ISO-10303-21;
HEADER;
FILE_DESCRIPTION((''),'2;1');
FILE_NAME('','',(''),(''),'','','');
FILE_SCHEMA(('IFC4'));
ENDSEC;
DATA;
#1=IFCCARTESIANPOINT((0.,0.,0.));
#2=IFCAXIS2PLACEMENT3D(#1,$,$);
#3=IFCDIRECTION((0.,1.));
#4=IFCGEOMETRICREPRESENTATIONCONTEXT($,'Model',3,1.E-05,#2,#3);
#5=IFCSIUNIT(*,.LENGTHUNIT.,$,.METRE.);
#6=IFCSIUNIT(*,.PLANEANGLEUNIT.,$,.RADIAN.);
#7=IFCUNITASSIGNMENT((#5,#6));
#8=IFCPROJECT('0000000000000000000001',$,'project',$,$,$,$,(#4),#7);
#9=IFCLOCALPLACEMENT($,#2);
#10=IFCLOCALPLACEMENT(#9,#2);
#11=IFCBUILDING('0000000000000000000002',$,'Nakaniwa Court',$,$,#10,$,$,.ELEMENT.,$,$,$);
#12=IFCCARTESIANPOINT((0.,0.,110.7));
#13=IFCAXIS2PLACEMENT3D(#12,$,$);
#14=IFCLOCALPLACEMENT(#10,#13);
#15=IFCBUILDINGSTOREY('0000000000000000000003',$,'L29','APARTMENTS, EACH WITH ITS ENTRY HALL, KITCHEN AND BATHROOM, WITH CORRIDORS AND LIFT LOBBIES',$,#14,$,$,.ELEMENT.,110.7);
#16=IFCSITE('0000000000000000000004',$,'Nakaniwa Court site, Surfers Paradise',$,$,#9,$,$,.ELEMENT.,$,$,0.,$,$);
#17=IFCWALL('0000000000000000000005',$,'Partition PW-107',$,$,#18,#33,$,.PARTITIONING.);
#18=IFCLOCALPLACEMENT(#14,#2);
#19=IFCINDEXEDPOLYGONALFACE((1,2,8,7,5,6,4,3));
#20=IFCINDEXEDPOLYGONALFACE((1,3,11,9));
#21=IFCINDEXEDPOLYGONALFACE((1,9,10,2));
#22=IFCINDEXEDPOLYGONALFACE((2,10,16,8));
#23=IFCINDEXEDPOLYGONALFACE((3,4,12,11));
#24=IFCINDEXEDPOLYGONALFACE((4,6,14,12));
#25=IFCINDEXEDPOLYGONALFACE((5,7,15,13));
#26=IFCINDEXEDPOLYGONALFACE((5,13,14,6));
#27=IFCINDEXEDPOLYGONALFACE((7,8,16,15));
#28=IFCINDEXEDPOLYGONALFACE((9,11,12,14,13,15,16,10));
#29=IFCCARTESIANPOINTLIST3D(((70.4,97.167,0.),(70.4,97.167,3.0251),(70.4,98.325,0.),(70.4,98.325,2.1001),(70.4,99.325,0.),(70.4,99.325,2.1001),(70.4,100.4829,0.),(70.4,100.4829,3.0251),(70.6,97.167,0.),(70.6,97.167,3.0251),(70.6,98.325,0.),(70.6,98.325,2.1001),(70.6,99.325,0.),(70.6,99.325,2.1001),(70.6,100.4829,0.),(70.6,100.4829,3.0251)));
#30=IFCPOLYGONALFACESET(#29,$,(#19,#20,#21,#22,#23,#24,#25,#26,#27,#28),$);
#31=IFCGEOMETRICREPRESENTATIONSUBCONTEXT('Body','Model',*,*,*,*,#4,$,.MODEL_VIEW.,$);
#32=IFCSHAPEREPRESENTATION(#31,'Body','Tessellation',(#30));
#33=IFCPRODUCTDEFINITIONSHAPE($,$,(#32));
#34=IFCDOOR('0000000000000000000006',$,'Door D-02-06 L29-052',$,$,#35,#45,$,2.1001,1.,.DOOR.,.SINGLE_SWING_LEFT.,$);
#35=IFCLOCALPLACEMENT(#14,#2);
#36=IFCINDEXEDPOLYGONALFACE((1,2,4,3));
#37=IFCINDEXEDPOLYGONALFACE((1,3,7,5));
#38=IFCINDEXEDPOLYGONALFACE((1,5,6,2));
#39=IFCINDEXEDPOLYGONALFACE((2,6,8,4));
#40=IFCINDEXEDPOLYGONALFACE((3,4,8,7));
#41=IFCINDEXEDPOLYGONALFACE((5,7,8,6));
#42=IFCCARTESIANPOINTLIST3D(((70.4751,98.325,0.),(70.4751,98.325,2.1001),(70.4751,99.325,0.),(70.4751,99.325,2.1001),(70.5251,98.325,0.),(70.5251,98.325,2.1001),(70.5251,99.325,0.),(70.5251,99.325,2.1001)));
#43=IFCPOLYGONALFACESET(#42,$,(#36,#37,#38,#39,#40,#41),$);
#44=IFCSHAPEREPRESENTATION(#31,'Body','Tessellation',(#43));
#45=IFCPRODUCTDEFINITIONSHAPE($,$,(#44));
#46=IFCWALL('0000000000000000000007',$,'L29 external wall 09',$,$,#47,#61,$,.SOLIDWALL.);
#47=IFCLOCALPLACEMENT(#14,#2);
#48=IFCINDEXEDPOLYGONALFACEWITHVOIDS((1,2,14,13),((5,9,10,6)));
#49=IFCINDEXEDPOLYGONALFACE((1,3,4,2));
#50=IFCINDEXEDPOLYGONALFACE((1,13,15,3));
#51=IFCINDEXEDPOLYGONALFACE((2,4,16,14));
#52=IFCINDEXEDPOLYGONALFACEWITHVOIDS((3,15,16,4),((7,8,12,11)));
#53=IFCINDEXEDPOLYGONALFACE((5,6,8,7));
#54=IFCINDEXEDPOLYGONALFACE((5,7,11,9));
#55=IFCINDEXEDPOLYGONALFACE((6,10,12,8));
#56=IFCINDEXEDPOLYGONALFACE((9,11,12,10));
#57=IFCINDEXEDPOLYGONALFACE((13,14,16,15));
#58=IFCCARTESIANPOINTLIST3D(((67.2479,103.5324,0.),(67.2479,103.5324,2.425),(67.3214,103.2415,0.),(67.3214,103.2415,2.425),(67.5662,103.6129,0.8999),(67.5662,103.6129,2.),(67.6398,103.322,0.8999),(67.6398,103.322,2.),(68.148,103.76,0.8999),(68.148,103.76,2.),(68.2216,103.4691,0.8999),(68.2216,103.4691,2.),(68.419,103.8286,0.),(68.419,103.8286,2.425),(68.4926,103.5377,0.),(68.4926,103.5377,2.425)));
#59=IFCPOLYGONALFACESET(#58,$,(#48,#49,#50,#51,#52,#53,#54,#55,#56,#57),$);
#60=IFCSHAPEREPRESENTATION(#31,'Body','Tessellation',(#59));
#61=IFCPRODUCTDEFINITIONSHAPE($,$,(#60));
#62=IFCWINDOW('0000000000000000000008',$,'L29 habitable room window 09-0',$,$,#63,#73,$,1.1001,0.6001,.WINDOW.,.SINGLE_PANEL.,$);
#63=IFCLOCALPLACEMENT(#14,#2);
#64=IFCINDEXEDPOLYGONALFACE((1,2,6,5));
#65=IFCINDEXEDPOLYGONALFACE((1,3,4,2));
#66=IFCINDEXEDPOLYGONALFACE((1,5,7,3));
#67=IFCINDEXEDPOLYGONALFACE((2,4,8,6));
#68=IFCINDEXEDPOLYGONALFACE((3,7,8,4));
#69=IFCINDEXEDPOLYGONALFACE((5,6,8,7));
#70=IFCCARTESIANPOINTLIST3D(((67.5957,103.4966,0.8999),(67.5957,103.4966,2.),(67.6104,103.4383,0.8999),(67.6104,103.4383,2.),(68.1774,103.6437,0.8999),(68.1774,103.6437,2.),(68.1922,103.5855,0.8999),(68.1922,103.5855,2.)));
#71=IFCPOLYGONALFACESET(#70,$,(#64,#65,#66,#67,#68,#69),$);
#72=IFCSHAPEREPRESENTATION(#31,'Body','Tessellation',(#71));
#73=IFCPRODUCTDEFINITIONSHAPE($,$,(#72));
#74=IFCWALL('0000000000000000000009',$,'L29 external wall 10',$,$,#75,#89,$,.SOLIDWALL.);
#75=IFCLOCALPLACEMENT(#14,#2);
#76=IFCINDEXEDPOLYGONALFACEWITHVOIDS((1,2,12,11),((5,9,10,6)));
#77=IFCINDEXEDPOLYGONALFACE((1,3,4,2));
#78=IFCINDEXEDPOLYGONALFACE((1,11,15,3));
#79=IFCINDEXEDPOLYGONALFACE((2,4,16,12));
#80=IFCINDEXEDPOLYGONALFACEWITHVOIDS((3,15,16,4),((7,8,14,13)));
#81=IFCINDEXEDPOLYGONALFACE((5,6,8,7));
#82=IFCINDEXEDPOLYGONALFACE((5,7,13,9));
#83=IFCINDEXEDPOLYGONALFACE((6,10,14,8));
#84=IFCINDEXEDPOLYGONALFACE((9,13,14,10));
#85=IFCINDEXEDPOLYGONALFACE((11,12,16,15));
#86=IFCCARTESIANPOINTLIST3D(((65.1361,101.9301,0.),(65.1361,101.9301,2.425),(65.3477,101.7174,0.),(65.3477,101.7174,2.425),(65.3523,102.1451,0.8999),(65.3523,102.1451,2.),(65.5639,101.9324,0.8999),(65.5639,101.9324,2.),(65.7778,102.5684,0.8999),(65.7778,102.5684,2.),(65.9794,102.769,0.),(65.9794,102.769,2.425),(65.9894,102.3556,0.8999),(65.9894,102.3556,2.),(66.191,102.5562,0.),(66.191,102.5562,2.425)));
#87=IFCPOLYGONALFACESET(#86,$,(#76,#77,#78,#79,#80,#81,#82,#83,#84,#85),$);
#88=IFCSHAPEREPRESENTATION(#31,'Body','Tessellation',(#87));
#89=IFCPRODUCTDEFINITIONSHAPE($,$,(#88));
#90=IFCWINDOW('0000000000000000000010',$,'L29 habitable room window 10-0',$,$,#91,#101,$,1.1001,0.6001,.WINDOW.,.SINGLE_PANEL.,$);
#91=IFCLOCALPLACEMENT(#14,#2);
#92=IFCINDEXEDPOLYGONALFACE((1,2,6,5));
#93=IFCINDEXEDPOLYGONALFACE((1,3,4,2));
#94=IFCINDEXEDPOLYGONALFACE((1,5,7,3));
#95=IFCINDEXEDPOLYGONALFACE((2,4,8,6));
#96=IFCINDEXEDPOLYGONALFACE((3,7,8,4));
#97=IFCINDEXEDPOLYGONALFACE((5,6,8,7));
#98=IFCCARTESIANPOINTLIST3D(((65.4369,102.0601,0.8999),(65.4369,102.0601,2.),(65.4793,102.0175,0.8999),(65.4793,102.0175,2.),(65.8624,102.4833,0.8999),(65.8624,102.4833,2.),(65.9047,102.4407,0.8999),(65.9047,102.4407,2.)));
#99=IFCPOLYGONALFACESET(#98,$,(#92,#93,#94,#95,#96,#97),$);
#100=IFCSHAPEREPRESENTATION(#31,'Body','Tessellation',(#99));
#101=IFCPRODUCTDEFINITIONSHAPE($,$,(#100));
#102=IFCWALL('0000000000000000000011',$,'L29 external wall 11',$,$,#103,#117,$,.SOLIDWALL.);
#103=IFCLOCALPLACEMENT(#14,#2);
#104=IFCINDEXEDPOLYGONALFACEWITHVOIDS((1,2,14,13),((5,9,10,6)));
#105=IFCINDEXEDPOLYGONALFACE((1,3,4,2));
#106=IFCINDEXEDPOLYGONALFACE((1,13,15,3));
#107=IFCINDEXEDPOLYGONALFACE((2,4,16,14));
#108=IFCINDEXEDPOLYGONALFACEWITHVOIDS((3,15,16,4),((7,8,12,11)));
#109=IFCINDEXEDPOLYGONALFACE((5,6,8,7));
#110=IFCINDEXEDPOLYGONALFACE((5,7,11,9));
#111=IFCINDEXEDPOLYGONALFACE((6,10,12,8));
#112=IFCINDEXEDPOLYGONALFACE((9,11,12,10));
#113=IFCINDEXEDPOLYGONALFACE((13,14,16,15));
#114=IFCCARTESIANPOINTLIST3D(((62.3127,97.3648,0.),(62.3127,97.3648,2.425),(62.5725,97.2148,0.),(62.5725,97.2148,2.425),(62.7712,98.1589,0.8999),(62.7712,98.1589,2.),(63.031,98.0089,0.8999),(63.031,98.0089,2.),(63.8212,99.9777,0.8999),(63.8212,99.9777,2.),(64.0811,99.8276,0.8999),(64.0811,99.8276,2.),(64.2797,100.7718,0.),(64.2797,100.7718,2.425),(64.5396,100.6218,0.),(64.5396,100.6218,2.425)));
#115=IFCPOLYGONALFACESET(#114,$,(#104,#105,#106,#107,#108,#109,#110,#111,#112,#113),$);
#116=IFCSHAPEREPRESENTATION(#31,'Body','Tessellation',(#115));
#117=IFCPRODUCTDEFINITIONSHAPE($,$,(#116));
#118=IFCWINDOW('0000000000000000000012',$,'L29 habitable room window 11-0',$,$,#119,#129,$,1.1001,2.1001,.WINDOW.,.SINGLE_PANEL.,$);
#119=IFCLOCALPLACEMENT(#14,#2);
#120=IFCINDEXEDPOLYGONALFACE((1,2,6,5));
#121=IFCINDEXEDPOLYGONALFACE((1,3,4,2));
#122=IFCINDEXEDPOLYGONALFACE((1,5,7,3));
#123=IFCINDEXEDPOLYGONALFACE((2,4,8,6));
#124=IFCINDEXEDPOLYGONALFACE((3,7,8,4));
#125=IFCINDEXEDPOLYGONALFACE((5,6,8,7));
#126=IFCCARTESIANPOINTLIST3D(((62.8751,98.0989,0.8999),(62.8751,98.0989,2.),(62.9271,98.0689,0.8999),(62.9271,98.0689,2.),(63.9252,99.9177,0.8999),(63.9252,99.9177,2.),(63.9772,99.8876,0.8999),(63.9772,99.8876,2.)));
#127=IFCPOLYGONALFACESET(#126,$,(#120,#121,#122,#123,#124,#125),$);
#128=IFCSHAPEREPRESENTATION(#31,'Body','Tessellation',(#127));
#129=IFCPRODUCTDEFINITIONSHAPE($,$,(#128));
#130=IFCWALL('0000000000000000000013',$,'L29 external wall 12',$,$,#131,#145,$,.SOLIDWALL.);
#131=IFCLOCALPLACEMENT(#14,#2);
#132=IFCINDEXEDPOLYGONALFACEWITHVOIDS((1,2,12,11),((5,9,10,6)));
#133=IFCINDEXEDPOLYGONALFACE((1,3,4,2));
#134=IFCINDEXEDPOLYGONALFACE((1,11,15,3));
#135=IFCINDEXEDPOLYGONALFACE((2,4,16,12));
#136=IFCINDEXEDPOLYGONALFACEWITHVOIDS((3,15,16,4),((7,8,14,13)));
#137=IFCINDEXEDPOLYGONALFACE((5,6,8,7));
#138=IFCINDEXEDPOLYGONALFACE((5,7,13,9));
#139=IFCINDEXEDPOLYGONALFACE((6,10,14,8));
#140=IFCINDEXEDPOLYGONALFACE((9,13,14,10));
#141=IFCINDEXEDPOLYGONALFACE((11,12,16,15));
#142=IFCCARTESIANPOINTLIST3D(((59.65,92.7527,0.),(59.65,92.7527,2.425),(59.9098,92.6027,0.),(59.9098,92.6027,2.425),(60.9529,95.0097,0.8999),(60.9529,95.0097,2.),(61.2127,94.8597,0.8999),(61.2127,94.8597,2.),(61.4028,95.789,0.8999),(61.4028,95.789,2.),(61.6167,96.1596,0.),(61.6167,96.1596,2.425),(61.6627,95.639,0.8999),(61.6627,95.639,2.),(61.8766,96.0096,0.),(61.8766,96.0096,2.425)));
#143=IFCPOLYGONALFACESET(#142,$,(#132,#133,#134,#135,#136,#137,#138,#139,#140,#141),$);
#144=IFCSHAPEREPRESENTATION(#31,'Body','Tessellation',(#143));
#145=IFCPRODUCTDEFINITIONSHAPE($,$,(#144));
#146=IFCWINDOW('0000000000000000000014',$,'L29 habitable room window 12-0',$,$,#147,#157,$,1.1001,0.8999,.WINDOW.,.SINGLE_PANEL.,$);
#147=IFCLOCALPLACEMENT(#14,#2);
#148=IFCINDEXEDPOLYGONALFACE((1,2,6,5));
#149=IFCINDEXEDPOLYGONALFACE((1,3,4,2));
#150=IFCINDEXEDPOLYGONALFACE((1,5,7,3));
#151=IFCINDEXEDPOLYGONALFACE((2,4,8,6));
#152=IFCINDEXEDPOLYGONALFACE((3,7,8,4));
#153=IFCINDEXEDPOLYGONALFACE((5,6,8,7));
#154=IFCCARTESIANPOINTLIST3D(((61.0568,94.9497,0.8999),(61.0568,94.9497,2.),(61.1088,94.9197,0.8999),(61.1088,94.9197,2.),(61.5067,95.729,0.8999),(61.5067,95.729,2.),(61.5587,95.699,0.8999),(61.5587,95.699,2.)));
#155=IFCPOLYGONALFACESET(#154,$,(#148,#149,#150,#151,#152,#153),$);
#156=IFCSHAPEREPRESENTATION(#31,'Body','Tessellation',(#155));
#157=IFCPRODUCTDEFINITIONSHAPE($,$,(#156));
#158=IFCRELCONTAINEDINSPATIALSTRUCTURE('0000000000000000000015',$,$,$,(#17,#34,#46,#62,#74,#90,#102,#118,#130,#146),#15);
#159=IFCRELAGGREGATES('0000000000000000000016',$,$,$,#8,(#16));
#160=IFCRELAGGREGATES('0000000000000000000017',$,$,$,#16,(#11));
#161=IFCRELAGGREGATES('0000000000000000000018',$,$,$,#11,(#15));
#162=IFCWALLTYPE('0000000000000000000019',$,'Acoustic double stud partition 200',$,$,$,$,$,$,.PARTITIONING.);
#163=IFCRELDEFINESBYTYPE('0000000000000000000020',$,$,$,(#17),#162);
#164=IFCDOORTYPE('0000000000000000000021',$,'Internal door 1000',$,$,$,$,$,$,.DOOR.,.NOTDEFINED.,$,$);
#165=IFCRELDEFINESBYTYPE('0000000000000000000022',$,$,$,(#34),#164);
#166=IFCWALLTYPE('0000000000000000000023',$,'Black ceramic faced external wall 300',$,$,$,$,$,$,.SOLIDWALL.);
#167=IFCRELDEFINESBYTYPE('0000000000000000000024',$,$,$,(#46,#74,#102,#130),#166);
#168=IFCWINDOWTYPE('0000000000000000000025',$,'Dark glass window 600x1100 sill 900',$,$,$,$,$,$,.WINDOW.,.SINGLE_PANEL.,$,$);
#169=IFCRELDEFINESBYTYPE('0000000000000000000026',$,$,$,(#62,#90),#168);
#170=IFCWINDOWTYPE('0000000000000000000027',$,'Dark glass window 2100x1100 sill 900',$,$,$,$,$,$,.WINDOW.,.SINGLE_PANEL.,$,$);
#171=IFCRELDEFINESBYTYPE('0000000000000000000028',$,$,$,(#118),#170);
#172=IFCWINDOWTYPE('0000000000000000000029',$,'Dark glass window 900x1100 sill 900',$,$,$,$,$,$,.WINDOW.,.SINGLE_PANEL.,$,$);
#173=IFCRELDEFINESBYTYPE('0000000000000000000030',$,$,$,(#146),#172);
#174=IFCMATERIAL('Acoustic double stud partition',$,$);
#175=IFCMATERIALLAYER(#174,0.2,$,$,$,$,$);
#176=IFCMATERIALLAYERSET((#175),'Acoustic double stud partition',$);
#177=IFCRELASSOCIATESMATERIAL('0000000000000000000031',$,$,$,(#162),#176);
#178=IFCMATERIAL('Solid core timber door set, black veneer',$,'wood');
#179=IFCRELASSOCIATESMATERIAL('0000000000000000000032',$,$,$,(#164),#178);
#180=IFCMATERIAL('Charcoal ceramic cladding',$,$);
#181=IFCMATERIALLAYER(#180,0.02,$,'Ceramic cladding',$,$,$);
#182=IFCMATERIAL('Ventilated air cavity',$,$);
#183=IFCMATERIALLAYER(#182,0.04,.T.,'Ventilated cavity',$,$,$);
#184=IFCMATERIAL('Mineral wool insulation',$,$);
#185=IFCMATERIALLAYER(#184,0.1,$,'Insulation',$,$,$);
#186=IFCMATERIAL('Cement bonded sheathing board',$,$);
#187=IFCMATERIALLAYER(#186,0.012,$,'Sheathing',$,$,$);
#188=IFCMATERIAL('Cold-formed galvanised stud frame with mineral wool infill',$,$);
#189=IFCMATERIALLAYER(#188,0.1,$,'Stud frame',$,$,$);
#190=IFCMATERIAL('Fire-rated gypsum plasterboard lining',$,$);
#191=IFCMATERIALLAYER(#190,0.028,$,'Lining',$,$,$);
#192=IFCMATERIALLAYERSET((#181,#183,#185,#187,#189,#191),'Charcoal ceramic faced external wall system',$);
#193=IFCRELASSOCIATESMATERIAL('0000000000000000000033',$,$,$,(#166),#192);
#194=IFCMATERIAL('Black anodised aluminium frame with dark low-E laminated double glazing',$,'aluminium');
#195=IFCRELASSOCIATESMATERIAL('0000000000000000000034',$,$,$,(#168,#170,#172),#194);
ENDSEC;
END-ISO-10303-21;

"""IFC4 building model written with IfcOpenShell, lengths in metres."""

from ifc_helpers import new_model, si_unit, direction, frame, frame_2d, origin, place, context, subcontext, project, spatial, rectangle, extrude, material, layer, layer_set, type_object, element, fill, save


model = new_model("IFC4")

# Units and contexts
model_context = context("Model", 3, precision=1e-05, world=origin(), true_north=direction((0.0, 1.0)))
body_context = subcontext(model_context, "Body", "Model", "MODEL_VIEW")
ifc_project = project(units=[si_unit("LENGTHUNIT", "METRE"), si_unit("PLANEANGLEUNIT", "RADIAN")], contexts=[model_context])

# Site, building, storey
site_placement = place(None, origin())
site = spatial("IfcSite", under=ifc_project, at=site_placement, Name="Nakaniwa Court site, Surfers Paradise", CompositionType="ELEMENT", RefElevation=0.0)
building_placement = place(site_placement, origin())
building = spatial("IfcBuilding", under=site, at=building_placement, Name="Nakaniwa Court", CompositionType="ELEMENT")
storey_placement = place(building_placement, frame((0.0, 0.0, 110.7)))
storey = spatial("IfcBuildingStorey", under=building, at=storey_placement, Name="L29", Description="APARTMENTS, EACH WITH ITS ENTRY HALL, KITCHEN AND BATHROOM, WITH CORRIDORS AND LIFT LOBBIES", CompositionType="ELEMENT", Elevation=110.7)

# Shared definitions
ifc_material_1 = material(Name="Acoustic double stud partition")
ifc_layer_1 = layer(ifc_material_1, 0.2)
ifc_layer_set_1 = layer_set([ifc_layer_1], Name="Acoustic double stud partition")
wall_type_1 = type_object("IfcWallType", Name="Acoustic double stud partition 200", PredefinedType="PARTITIONING", material=ifc_layer_set_1)

# Wall, opening, door
wall_1_placement = place(storey_placement, frame((70.5, 97.167, 0.0), z_axis=(0.0, 0.0, 1.0), x_axis=(0.0, 1.0, 0.0)))
wall_1 = element("IfcWall", 1, at=wall_1_placement, inside=storey, type_object=wall_type_1, Name="Partition PW-107", PredefinedType="PARTITIONING", context=body_context, shape_type="SweptSolid", body=[
    extrude(rectangle(XDim=3.3159, YDim=0.2, at=frame_2d((1.658, 0.0))), origin(), (0.0, 0.0, 1.0), 3.0251),
])
opening_1_placement = place(wall_1_placement, frame((1.158, 0.0, 0.0)))
opening_1 = element("IfcOpeningElement", 2, at=opening_1_placement, cuts=wall_1, PredefinedType="OPENING", context=body_context, shape_type="SweptSolid", body=[
    extrude(rectangle(XDim=1.0, YDim=2.1001, at=frame_2d((0.5, 1.05))), frame((0.0, 0.1099, 0.0), z_axis=(0.0, -1.0, 0.0), x_axis=(1.0, 0.0, 0.0)), (0.0, 0.0, 1.0), 0.22),
])
ifc_material_2 = material(Name="Solid core timber door set, black veneer", Category="wood")
door_type = type_object("IfcDoorType", Name="Internal door 1000", OperationType="NOTDEFINED", PredefinedType="DOOR", material=ifc_material_2)
door_placement = place(opening_1_placement, origin())
door = element("IfcDoor", 3, at=door_placement, inside=storey, type_object=door_type, Name="Door D-02-06 L29-052", OperationType="SINGLE_SWING_LEFT", OverallHeight=2.1001, OverallWidth=1.0, PredefinedType="DOOR", context=body_context, shape_type="SweptSolid", body=[
    extrude(rectangle(XDim=1.0, YDim=2.1001, at=frame_2d((0.5, 1.05))), frame((0.0, 0.0249, 0.0), z_axis=(0.0, -1.0, 0.0), x_axis=(1.0, 0.0, 0.0)), (0.0, 0.0, 1.0), 0.05),
])
fill(opening_1, door)

# Walls, openings, windows
ifc_material_3 = material(Name="Charcoal ceramic cladding")
ifc_layer_2 = layer(ifc_material_3, 0.02, Name="Ceramic cladding")
ifc_material_4 = material(Name="Ventilated air cavity")
ifc_layer_3 = layer(ifc_material_4, 0.04, ventilated=True, Name="Ventilated cavity")
ifc_material_5 = material(Name="Mineral wool insulation")
ifc_layer_4 = layer(ifc_material_5, 0.1, Name="Insulation")
ifc_material_6 = material(Name="Cement bonded sheathing board")
ifc_layer_5 = layer(ifc_material_6, 0.012, Name="Sheathing")
ifc_material_7 = material(Name="Cold-formed galvanised stud frame with mineral wool infill")
ifc_layer_6 = layer(ifc_material_7, 0.1, Name="Stud frame")
ifc_material_8 = material(Name="Fire-rated gypsum plasterboard lining")
ifc_layer_7 = layer(ifc_material_8, 0.028, Name="Lining")
ifc_layer_set_2 = layer_set([ifc_layer_2, ifc_layer_3, ifc_layer_4, ifc_layer_5, ifc_layer_6, ifc_layer_7], Name="Charcoal ceramic faced external wall system")
wall_type_2 = type_object("IfcWallType", Name="Black ceramic faced external wall 300", PredefinedType="SOLIDWALL", material=ifc_layer_set_2)
wall_2_placement = place(storey_placement, frame((68.4558, 103.6831, 0.0), z_axis=(0.0, 0.0, 1.0), x_axis=(-0.969485, -0.24515, 0.0)))
wall_2 = element("IfcWall", 4, at=wall_2_placement, inside=storey, type_object=wall_type_2, Name="L29 external wall 09", PredefinedType="SOLIDWALL", context=body_context, shape_type="SweptSolid", body=[
    extrude(rectangle(XDim=1.208, YDim=0.3, at=frame_2d((0.604, 0.0))), origin(), (0.0, 0.0, 1.0), 2.425),
])
opening_2_placement = place(wall_2_placement, frame((0.2795, 0.0, 0.8999)))
opening_2 = element("IfcOpeningElement", 5, at=opening_2_placement, cuts=wall_2, PredefinedType="OPENING", context=body_context, shape_type="SweptSolid", body=[
    extrude(rectangle(XDim=0.6001, YDim=1.1001, at=frame_2d((0.3, 0.55))), frame((0.0, 0.1599, 0.0), z_axis=(0.0, -1.0, 0.0), x_axis=(1.0, 0.0, 0.0)), (0.0, 0.0, 1.0), 0.3201),
])
ifc_material_9 = material(Name="Black anodised aluminium frame with dark low-E laminated double glazing", Category="aluminium")
window_type_1 = type_object("IfcWindowType", Name="Dark glass window 600x1100 sill 900", PartitioningType="SINGLE_PANEL", PredefinedType="WINDOW", material=ifc_material_9)
window_1_placement = place(opening_2_placement, origin())
window_1 = element("IfcWindow", 6, at=window_1_placement, inside=storey, type_object=window_type_1, Name="L29 habitable room window 09-0", OverallHeight=1.1001, OverallWidth=0.6001, PartitioningType="SINGLE_PANEL", PredefinedType="WINDOW", context=body_context, shape_type="SweptSolid", body=[
    extrude(rectangle(XDim=0.6001, YDim=1.1001, at=frame_2d((0.3, 0.55))), frame((0.0, 0.03, 0.0), z_axis=(0.0, -1.0, 0.0), x_axis=(1.0, 0.0, 0.0)), (0.0, 0.0, 1.0), 0.0601),
])
fill(opening_2, window_1)
wall_3_placement = place(storey_placement, frame((66.0852, 102.6626, 0.0), z_axis=(0.0, 0.0, 1.0), x_axis=(-0.708952, -0.705257, 0.0)))
wall_3 = element("IfcWall", 7, at=wall_3_placement, inside=storey, type_object=wall_type_2, Name="L29 external wall 10", PredefinedType="SOLIDWALL", context=body_context, shape_type="SweptSolid", body=[
    extrude(rectangle(XDim=1.1895, YDim=0.3, at=frame_2d((0.5947, 0.0))), origin(), (0.0, 0.0, 1.0), 2.425),
])
opening_3_placement = place(wall_3_placement, frame((0.2844, 0.0, 0.8999)))
opening_3 = element("IfcOpeningElement", 8, at=opening_3_placement, cuts=wall_3, PredefinedType="OPENING", context=body_context, shape_type="SweptSolid", body=[
    extrude(rectangle(XDim=0.6001, YDim=1.1001, at=frame_2d((0.3, 0.55))), frame((0.0, 0.1599, 0.0), z_axis=(0.0, -1.0, 0.0), x_axis=(1.0, 0.0, 0.0)), (0.0, 0.0, 1.0), 0.3201),
])
window_2_placement = place(opening_3_placement, origin())
window_2 = element("IfcWindow", 9, at=window_2_placement, inside=storey, type_object=window_type_1, Name="L29 habitable room window 10-0", OverallHeight=1.1001, OverallWidth=0.6001, PartitioningType="SINGLE_PANEL", PredefinedType="WINDOW", context=body_context, shape_type="SweptSolid", body=[
    extrude(rectangle(XDim=0.6001, YDim=1.1001, at=frame_2d((0.3, 0.55))), frame((0.0, 0.03, 0.0), z_axis=(0.0, -1.0, 0.0), x_axis=(1.0, 0.0, 0.0)), (0.0, 0.0, 1.0), 0.0601),
])
fill(opening_3, window_2)
wall_4_placement = place(storey_placement, frame((64.4097, 100.6968, 0.0), z_axis=(0.0, 0.0, 1.0), x_axis=(-0.500004, -0.866023, 0.0)))
wall_4 = element("IfcWall", 10, at=wall_4_placement, inside=storey, type_object=wall_type_2, Name="L29 external wall 11", PredefinedType="SOLIDWALL", context=body_context, shape_type="SweptSolid", body=[
    extrude(rectangle(XDim=3.9341, YDim=0.3, at=frame_2d((1.967, 0.0))), origin(), (0.0, 0.0, 1.0), 2.425),
])
opening_4_placement = place(wall_4_placement, frame((0.917, 0.0, 0.8999)))
opening_4 = element("IfcOpeningElement", 11, at=opening_4_placement, cuts=wall_4, PredefinedType="OPENING", context=body_context, shape_type="SweptSolid", body=[
    extrude(rectangle(XDim=2.1001, YDim=1.1001, at=frame_2d((1.05, 0.55))), frame((0.0, 0.1599, 0.0), z_axis=(0.0, -1.0, 0.0), x_axis=(1.0, 0.0, 0.0)), (0.0, 0.0, 1.0), 0.3201),
])
window_type_2 = type_object("IfcWindowType", Name="Dark glass window 2100x1100 sill 900", PartitioningType="SINGLE_PANEL", PredefinedType="WINDOW", material=ifc_material_9)
window_3_placement = place(opening_4_placement, origin())
window_3 = element("IfcWindow", 12, at=window_3_placement, inside=storey, type_object=window_type_2, Name="L29 habitable room window 11-0", OverallHeight=1.1001, OverallWidth=2.1001, PartitioningType="SINGLE_PANEL", PredefinedType="WINDOW", context=body_context, shape_type="SweptSolid", body=[
    extrude(rectangle(XDim=2.1001, YDim=1.1001, at=frame_2d((1.05, 0.55))), frame((0.0, 0.03, 0.0), z_axis=(0.0, -1.0, 0.0), x_axis=(1.0, 0.0, 0.0)), (0.0, 0.0, 1.0), 0.0601),
])
fill(opening_4, window_3)
wall_5_placement = place(storey_placement, frame((61.7466, 96.0845, 0.0), z_axis=(0.0, 0.0, 1.0), x_axis=(-0.499957, -0.86605, 0.0)))
wall_5 = element("IfcWall", 13, at=wall_5_placement, inside=storey, type_object=wall_type_2, Name="L29 external wall 12", PredefinedType="SOLIDWALL", context=body_context, shape_type="SweptSolid", body=[
    extrude(rectangle(XDim=3.9338, YDim=0.3, at=frame_2d((1.9668, 0.0))), origin(), (0.0, 0.0, 1.0), 2.425),
])
opening_5_placement = place(wall_5_placement, frame((0.4277, 0.0, 0.8999)))
opening_5 = element("IfcOpeningElement", 14, at=opening_5_placement, cuts=wall_5, PredefinedType="OPENING", context=body_context, shape_type="SweptSolid", body=[
    extrude(rectangle(XDim=0.8999, YDim=1.1001, at=frame_2d((0.45, 0.55))), frame((0.0, 0.1599, 0.0), z_axis=(0.0, -1.0, 0.0), x_axis=(1.0, 0.0, 0.0)), (0.0, 0.0, 1.0), 0.3201),
])
window_type_3 = type_object("IfcWindowType", Name="Dark glass window 900x1100 sill 900", PartitioningType="SINGLE_PANEL", PredefinedType="WINDOW", material=ifc_material_9)
window_4_placement = place(opening_5_placement, origin())
window_4 = element("IfcWindow", 15, at=window_4_placement, inside=storey, type_object=window_type_3, Name="L29 habitable room window 12-0", OverallHeight=1.1001, OverallWidth=0.8999, PartitioningType="SINGLE_PANEL", PredefinedType="WINDOW", context=body_context, shape_type="SweptSolid", body=[
    extrude(rectangle(XDim=0.8999, YDim=1.1001, at=frame_2d((0.45, 0.55))), frame((0.0, 0.03, 0.0), z_axis=(0.0, -1.0, 0.0), x_axis=(1.0, 0.0, 0.0)), (0.0, 0.0, 1.0), 0.0601),
])
fill(opening_5, window_4)

save(model, "model.ifc")
